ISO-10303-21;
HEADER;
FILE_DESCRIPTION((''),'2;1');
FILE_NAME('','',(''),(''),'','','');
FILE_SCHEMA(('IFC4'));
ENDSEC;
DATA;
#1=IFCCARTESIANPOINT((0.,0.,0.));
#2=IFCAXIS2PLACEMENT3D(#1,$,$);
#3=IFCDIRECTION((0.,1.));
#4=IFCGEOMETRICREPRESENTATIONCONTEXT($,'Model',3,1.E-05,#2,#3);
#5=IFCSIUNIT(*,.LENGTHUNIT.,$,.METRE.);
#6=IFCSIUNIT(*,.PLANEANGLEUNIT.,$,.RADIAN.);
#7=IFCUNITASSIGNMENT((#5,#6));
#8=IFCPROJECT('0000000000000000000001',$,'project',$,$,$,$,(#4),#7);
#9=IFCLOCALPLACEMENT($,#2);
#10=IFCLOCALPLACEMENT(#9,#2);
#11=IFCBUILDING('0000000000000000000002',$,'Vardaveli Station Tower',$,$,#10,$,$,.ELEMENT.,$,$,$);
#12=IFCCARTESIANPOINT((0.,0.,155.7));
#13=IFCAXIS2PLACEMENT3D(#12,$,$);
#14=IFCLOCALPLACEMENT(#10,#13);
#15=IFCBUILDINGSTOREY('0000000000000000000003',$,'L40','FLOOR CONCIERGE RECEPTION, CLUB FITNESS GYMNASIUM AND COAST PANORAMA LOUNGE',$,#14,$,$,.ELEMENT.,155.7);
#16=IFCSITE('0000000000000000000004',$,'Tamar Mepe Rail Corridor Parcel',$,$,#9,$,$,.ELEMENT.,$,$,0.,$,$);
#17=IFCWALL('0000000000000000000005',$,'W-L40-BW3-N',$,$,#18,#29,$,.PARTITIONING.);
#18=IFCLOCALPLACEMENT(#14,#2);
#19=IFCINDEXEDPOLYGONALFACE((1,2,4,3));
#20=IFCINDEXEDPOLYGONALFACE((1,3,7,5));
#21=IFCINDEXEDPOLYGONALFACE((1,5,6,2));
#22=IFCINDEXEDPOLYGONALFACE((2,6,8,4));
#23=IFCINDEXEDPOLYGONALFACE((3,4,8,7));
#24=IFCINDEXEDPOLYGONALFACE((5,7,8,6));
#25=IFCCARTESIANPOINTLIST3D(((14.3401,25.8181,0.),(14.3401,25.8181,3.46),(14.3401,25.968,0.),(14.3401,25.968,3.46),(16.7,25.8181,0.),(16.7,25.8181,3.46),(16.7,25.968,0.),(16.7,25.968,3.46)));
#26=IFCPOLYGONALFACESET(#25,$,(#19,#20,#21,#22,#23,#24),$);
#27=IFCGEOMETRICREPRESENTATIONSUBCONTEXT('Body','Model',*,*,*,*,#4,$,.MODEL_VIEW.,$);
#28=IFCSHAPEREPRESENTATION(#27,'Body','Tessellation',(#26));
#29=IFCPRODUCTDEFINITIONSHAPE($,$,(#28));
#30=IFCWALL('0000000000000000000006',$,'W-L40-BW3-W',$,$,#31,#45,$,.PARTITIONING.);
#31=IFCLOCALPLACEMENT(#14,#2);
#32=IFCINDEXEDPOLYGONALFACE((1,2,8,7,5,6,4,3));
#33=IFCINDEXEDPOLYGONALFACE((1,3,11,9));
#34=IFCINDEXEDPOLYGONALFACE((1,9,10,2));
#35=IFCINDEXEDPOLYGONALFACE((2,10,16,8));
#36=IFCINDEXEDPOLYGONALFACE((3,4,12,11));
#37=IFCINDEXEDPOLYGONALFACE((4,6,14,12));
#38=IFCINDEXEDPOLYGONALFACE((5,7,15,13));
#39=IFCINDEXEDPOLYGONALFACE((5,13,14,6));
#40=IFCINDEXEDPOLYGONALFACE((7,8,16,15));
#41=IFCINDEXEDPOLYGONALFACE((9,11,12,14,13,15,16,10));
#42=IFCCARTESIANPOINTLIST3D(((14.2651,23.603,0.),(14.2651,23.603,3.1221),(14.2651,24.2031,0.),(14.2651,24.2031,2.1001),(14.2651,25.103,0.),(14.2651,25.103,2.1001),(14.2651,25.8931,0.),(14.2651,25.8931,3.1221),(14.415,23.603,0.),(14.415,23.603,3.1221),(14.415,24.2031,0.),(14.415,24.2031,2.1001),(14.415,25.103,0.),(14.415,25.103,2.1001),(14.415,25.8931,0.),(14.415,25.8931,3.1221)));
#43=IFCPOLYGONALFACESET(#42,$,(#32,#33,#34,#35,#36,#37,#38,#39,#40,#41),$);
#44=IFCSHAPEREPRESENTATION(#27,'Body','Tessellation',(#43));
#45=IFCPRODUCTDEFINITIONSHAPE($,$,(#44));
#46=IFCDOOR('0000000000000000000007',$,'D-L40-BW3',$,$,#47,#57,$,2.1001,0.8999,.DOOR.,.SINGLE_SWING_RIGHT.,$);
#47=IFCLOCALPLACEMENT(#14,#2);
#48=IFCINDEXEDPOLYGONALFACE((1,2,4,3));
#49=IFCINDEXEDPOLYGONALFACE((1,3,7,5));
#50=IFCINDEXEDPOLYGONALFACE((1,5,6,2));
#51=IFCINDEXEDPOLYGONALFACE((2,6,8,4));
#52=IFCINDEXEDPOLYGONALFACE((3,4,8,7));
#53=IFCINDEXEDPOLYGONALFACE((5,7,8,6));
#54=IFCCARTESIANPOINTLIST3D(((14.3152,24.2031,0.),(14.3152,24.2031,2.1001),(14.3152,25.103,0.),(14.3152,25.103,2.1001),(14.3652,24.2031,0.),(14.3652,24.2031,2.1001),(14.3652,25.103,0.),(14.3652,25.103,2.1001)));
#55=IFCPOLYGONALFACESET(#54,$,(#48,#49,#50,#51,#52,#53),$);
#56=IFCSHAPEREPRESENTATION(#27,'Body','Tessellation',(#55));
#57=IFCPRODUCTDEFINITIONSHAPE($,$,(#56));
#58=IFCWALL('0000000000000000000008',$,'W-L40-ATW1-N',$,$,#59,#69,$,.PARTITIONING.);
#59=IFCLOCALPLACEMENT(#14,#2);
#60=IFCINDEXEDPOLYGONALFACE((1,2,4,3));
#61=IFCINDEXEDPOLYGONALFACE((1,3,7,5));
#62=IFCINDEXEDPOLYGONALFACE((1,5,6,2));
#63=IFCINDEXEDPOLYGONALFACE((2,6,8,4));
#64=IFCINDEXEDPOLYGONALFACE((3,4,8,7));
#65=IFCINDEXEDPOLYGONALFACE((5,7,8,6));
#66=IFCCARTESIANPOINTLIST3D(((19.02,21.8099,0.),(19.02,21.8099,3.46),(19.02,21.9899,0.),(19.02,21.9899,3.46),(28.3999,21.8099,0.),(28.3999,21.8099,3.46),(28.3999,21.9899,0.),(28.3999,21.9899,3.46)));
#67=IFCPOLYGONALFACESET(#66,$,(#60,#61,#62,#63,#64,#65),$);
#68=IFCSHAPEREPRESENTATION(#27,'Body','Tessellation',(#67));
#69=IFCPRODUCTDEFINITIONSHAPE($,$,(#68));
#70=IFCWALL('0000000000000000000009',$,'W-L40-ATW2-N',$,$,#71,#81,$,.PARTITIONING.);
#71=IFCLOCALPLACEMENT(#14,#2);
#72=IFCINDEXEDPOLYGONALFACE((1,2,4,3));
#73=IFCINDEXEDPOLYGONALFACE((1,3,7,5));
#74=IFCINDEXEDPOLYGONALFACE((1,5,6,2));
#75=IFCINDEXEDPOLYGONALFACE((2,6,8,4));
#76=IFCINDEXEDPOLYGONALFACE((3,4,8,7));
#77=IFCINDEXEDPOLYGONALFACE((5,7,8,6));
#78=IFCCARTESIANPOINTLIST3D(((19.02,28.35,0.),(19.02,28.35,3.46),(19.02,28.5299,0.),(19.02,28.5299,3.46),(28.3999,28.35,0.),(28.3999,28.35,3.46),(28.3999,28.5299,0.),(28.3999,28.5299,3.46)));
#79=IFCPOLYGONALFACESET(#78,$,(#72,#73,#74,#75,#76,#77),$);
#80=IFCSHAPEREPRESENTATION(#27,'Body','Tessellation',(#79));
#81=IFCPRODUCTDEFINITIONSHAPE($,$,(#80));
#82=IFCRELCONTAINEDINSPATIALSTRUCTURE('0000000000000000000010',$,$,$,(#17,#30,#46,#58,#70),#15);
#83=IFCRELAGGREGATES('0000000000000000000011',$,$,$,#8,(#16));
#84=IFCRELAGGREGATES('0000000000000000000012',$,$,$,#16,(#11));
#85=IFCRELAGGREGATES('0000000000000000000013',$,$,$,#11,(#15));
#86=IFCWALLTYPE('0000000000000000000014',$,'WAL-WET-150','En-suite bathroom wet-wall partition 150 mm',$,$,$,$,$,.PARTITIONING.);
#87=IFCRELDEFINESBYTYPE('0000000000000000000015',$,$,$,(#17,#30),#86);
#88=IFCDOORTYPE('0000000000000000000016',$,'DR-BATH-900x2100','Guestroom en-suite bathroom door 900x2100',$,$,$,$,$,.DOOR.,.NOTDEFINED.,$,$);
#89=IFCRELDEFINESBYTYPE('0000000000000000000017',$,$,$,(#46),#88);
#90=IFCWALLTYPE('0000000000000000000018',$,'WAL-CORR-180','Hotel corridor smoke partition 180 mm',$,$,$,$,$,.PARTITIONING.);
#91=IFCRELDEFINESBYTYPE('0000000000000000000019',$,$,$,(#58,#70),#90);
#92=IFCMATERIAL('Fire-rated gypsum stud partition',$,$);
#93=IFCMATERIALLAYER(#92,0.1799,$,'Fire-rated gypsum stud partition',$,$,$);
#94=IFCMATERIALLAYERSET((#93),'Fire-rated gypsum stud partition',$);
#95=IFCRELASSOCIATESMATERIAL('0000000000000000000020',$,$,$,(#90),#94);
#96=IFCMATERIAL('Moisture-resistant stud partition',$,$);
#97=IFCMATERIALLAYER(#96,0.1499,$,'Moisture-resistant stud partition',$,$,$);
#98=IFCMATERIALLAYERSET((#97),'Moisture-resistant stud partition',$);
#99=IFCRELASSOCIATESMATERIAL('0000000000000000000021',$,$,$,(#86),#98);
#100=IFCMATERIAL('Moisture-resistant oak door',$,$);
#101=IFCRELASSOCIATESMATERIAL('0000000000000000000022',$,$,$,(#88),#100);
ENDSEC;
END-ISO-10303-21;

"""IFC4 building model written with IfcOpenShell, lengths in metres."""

from ifc_helpers import new_model, si_unit, direction, frame, frame_2d, origin, place, context, subcontext, project, spatial, rectangle, extrude, source, transform, mapped, material, layer, layer_set, type_object, element, fill, save


model = new_model("IFC4")

# Units and contexts
model_context = context("Model", 3, precision=1e-05, world=origin(), true_north=direction((0.0, 1.0)))
body_context = subcontext(model_context, "Body", "Model", "MODEL_VIEW")
ifc_project = project(units=[si_unit("LENGTHUNIT", "METRE"), si_unit("PLANEANGLEUNIT", "RADIAN")], contexts=[model_context])

# Site, building, storey
site_placement = place(None, origin())
site = spatial("IfcSite", under=ifc_project, at=site_placement, Name="Tamar Mepe Rail Corridor Parcel", CompositionType="ELEMENT", RefElevation=0.0)
building_placement = place(site_placement, origin())
building = spatial("IfcBuilding", under=site, at=building_placement, Name="Vardaveli Station Tower", CompositionType="ELEMENT")
storey_placement = place(building_placement, frame((0.0, 0.0, 155.7)))
storey = spatial("IfcBuildingStorey", under=building, at=storey_placement, Name="L40", Description="FLOOR CONCIERGE RECEPTION, CLUB FITNESS GYMNASIUM AND COAST PANORAMA LOUNGE", CompositionType="ELEMENT", Elevation=155.7)

# Wall
ifc_material_1 = material(Name="Fire-rated gypsum stud partition")
ifc_layer_1 = layer(ifc_material_1, 0.1799, Name="Fire-rated gypsum stud partition")
ifc_layer_set_1 = layer_set([ifc_layer_1], Name="Fire-rated gypsum stud partition")
wall_type_1 = type_object("IfcWallType", Name="WAL-CORR-180", Description="Hotel corridor smoke partition 180 mm", PredefinedType="PARTITIONING", material=ifc_layer_set_1)
ifc_material_2 = material(Name="Moisture-resistant stud partition")
ifc_layer_2 = layer(ifc_material_2, 0.1499, Name="Moisture-resistant stud partition")
ifc_layer_set_2 = layer_set([ifc_layer_2], Name="Moisture-resistant stud partition")
wall_type_2 = type_object("IfcWallType", Name="WAL-WET-150", Description="En-suite bathroom wet-wall partition 150 mm", PredefinedType="PARTITIONING", material=ifc_layer_set_2)
shared_shape_1 = source(origin(), body_context, "Body", "SweptSolid", [
    extrude(rectangle(XDim=2.3599, YDim=0.1499, at=frame_2d((1.1799, 0.0))), origin(), (0.0, 0.0, 1.0), 3.46),
])
wall_1_placement = place(storey_placement, frame((14.3401, 25.8931, 0.0), z_axis=(0.0, 0.0, 1.0), x_axis=(1.0, 0.0, 0.0)))
element("IfcWall", 1, at=wall_1_placement, inside=storey, type_object=wall_type_2, Name="W-L40-BW3-N", PredefinedType="PARTITIONING", context=body_context, shape_type="MappedRepresentation", body=[
    mapped(shared_shape_1, transform((0.0, 0.0, 0.0), scale=1.0)),
])

# Wall, opening, door
shared_shape_2 = source(origin(), body_context, "Body", "SweptSolid", [
    extrude(rectangle(XDim=2.29, YDim=0.1499, at=frame_2d((1.145, 0.0))), origin(), (0.0, 0.0, 1.0), 3.1221),
])
wall_2_placement = place(storey_placement, frame((14.3401, 23.603, 0.0), z_axis=(0.0, 0.0, 1.0), x_axis=(0.0, 1.0, 0.0)))
wall_2 = element("IfcWall", 2, at=wall_2_placement, inside=storey, type_object=wall_type_2, Name="W-L40-BW3-W", PredefinedType="PARTITIONING", context=body_context, shape_type="MappedRepresentation", body=[
    mapped(shared_shape_2, transform((0.0, 0.0, 0.0), scale=1.0)),
])
shared_shape_3 = source(origin(), body_context, "Body", "SweptSolid", [
    extrude(rectangle(XDim=0.8999, YDim=2.1001, at=frame_2d((0.45, 1.05))), frame((0.0, 0.085, 0.0), z_axis=(0.0, -1.0, 0.0), x_axis=(1.0, 0.0, 0.0)), (0.0, 0.0, 1.0), 0.1699),
])
opening_1_placement = place(wall_2_placement, frame((0.6001, 0.0, 0.0)))
opening_1 = element("IfcOpeningElement", 3, at=opening_1_placement, cuts=wall_2, PredefinedType="OPENING", context=body_context, shape_type="MappedRepresentation", body=[
    mapped(shared_shape_3, transform((0.0, 0.0, 0.0), scale=1.0)),
])
ifc_material_3 = material(Name="Moisture-resistant oak door")
door_type_1 = type_object("IfcDoorType", Name="DR-BATH-900x2100", Description="Guestroom en-suite bathroom door 900x2100", OperationType="NOTDEFINED", PredefinedType="DOOR", material=ifc_material_3)
shared_shape_4 = source(origin(), body_context, "Body", "SweptSolid", [
    extrude(rectangle(XDim=0.8999, YDim=2.1001, at=frame_2d((0.45, 1.05))), frame((0.0, 0.0249, 0.0), z_axis=(0.0, -1.0, 0.0), x_axis=(1.0, 0.0, 0.0)), (0.0, 0.0, 1.0), 0.05),
])
door_1_placement = place(opening_1_placement, origin())
door_1 = element("IfcDoor", 4, at=door_1_placement, inside=storey, type_object=door_type_1, Name="D-L40-BW3", OperationType="SINGLE_SWING_RIGHT", OverallHeight=2.1001, OverallWidth=0.8999, PredefinedType="DOOR", context=body_context, shape_type="MappedRepresentation", body=[
    mapped(shared_shape_4, transform((0.0, 0.0, 0.0), scale=1.0)),
])
fill(opening_1, door_1)

# Walls
shared_shape_5 = source(origin(), body_context, "Body", "SweptSolid", [
    extrude(rectangle(XDim=9.3799, YDim=0.1799, at=frame_2d((4.6899, 0.0))), origin(), (0.0, 0.0, 1.0), 3.46),
])
for number, where, z_axis, x_axis, name in (
    (5, (19.02, 21.8999, 0.0), (0.0, 0.0, 1.0), (1.0, 0.0, 0.0), "W-L40-ATW1-N"),
    (6, (19.02, 28.4399, 0.0), (0.0, 0.0, 1.0), (1.0, 0.0, 0.0), "W-L40-ATW2-N"),
):
    element("IfcWall", number, at=place(storey_placement, frame(where, z_axis=z_axis, x_axis=x_axis)), inside=storey, type_object=wall_type_1, Name=name, PredefinedType="PARTITIONING", context=body_context, shape_type="MappedRepresentation", body=[
        mapped(shared_shape_5, transform((0.0, 0.0, 0.0), scale=1.0)),
    ])

save(model, "model.ifc")
